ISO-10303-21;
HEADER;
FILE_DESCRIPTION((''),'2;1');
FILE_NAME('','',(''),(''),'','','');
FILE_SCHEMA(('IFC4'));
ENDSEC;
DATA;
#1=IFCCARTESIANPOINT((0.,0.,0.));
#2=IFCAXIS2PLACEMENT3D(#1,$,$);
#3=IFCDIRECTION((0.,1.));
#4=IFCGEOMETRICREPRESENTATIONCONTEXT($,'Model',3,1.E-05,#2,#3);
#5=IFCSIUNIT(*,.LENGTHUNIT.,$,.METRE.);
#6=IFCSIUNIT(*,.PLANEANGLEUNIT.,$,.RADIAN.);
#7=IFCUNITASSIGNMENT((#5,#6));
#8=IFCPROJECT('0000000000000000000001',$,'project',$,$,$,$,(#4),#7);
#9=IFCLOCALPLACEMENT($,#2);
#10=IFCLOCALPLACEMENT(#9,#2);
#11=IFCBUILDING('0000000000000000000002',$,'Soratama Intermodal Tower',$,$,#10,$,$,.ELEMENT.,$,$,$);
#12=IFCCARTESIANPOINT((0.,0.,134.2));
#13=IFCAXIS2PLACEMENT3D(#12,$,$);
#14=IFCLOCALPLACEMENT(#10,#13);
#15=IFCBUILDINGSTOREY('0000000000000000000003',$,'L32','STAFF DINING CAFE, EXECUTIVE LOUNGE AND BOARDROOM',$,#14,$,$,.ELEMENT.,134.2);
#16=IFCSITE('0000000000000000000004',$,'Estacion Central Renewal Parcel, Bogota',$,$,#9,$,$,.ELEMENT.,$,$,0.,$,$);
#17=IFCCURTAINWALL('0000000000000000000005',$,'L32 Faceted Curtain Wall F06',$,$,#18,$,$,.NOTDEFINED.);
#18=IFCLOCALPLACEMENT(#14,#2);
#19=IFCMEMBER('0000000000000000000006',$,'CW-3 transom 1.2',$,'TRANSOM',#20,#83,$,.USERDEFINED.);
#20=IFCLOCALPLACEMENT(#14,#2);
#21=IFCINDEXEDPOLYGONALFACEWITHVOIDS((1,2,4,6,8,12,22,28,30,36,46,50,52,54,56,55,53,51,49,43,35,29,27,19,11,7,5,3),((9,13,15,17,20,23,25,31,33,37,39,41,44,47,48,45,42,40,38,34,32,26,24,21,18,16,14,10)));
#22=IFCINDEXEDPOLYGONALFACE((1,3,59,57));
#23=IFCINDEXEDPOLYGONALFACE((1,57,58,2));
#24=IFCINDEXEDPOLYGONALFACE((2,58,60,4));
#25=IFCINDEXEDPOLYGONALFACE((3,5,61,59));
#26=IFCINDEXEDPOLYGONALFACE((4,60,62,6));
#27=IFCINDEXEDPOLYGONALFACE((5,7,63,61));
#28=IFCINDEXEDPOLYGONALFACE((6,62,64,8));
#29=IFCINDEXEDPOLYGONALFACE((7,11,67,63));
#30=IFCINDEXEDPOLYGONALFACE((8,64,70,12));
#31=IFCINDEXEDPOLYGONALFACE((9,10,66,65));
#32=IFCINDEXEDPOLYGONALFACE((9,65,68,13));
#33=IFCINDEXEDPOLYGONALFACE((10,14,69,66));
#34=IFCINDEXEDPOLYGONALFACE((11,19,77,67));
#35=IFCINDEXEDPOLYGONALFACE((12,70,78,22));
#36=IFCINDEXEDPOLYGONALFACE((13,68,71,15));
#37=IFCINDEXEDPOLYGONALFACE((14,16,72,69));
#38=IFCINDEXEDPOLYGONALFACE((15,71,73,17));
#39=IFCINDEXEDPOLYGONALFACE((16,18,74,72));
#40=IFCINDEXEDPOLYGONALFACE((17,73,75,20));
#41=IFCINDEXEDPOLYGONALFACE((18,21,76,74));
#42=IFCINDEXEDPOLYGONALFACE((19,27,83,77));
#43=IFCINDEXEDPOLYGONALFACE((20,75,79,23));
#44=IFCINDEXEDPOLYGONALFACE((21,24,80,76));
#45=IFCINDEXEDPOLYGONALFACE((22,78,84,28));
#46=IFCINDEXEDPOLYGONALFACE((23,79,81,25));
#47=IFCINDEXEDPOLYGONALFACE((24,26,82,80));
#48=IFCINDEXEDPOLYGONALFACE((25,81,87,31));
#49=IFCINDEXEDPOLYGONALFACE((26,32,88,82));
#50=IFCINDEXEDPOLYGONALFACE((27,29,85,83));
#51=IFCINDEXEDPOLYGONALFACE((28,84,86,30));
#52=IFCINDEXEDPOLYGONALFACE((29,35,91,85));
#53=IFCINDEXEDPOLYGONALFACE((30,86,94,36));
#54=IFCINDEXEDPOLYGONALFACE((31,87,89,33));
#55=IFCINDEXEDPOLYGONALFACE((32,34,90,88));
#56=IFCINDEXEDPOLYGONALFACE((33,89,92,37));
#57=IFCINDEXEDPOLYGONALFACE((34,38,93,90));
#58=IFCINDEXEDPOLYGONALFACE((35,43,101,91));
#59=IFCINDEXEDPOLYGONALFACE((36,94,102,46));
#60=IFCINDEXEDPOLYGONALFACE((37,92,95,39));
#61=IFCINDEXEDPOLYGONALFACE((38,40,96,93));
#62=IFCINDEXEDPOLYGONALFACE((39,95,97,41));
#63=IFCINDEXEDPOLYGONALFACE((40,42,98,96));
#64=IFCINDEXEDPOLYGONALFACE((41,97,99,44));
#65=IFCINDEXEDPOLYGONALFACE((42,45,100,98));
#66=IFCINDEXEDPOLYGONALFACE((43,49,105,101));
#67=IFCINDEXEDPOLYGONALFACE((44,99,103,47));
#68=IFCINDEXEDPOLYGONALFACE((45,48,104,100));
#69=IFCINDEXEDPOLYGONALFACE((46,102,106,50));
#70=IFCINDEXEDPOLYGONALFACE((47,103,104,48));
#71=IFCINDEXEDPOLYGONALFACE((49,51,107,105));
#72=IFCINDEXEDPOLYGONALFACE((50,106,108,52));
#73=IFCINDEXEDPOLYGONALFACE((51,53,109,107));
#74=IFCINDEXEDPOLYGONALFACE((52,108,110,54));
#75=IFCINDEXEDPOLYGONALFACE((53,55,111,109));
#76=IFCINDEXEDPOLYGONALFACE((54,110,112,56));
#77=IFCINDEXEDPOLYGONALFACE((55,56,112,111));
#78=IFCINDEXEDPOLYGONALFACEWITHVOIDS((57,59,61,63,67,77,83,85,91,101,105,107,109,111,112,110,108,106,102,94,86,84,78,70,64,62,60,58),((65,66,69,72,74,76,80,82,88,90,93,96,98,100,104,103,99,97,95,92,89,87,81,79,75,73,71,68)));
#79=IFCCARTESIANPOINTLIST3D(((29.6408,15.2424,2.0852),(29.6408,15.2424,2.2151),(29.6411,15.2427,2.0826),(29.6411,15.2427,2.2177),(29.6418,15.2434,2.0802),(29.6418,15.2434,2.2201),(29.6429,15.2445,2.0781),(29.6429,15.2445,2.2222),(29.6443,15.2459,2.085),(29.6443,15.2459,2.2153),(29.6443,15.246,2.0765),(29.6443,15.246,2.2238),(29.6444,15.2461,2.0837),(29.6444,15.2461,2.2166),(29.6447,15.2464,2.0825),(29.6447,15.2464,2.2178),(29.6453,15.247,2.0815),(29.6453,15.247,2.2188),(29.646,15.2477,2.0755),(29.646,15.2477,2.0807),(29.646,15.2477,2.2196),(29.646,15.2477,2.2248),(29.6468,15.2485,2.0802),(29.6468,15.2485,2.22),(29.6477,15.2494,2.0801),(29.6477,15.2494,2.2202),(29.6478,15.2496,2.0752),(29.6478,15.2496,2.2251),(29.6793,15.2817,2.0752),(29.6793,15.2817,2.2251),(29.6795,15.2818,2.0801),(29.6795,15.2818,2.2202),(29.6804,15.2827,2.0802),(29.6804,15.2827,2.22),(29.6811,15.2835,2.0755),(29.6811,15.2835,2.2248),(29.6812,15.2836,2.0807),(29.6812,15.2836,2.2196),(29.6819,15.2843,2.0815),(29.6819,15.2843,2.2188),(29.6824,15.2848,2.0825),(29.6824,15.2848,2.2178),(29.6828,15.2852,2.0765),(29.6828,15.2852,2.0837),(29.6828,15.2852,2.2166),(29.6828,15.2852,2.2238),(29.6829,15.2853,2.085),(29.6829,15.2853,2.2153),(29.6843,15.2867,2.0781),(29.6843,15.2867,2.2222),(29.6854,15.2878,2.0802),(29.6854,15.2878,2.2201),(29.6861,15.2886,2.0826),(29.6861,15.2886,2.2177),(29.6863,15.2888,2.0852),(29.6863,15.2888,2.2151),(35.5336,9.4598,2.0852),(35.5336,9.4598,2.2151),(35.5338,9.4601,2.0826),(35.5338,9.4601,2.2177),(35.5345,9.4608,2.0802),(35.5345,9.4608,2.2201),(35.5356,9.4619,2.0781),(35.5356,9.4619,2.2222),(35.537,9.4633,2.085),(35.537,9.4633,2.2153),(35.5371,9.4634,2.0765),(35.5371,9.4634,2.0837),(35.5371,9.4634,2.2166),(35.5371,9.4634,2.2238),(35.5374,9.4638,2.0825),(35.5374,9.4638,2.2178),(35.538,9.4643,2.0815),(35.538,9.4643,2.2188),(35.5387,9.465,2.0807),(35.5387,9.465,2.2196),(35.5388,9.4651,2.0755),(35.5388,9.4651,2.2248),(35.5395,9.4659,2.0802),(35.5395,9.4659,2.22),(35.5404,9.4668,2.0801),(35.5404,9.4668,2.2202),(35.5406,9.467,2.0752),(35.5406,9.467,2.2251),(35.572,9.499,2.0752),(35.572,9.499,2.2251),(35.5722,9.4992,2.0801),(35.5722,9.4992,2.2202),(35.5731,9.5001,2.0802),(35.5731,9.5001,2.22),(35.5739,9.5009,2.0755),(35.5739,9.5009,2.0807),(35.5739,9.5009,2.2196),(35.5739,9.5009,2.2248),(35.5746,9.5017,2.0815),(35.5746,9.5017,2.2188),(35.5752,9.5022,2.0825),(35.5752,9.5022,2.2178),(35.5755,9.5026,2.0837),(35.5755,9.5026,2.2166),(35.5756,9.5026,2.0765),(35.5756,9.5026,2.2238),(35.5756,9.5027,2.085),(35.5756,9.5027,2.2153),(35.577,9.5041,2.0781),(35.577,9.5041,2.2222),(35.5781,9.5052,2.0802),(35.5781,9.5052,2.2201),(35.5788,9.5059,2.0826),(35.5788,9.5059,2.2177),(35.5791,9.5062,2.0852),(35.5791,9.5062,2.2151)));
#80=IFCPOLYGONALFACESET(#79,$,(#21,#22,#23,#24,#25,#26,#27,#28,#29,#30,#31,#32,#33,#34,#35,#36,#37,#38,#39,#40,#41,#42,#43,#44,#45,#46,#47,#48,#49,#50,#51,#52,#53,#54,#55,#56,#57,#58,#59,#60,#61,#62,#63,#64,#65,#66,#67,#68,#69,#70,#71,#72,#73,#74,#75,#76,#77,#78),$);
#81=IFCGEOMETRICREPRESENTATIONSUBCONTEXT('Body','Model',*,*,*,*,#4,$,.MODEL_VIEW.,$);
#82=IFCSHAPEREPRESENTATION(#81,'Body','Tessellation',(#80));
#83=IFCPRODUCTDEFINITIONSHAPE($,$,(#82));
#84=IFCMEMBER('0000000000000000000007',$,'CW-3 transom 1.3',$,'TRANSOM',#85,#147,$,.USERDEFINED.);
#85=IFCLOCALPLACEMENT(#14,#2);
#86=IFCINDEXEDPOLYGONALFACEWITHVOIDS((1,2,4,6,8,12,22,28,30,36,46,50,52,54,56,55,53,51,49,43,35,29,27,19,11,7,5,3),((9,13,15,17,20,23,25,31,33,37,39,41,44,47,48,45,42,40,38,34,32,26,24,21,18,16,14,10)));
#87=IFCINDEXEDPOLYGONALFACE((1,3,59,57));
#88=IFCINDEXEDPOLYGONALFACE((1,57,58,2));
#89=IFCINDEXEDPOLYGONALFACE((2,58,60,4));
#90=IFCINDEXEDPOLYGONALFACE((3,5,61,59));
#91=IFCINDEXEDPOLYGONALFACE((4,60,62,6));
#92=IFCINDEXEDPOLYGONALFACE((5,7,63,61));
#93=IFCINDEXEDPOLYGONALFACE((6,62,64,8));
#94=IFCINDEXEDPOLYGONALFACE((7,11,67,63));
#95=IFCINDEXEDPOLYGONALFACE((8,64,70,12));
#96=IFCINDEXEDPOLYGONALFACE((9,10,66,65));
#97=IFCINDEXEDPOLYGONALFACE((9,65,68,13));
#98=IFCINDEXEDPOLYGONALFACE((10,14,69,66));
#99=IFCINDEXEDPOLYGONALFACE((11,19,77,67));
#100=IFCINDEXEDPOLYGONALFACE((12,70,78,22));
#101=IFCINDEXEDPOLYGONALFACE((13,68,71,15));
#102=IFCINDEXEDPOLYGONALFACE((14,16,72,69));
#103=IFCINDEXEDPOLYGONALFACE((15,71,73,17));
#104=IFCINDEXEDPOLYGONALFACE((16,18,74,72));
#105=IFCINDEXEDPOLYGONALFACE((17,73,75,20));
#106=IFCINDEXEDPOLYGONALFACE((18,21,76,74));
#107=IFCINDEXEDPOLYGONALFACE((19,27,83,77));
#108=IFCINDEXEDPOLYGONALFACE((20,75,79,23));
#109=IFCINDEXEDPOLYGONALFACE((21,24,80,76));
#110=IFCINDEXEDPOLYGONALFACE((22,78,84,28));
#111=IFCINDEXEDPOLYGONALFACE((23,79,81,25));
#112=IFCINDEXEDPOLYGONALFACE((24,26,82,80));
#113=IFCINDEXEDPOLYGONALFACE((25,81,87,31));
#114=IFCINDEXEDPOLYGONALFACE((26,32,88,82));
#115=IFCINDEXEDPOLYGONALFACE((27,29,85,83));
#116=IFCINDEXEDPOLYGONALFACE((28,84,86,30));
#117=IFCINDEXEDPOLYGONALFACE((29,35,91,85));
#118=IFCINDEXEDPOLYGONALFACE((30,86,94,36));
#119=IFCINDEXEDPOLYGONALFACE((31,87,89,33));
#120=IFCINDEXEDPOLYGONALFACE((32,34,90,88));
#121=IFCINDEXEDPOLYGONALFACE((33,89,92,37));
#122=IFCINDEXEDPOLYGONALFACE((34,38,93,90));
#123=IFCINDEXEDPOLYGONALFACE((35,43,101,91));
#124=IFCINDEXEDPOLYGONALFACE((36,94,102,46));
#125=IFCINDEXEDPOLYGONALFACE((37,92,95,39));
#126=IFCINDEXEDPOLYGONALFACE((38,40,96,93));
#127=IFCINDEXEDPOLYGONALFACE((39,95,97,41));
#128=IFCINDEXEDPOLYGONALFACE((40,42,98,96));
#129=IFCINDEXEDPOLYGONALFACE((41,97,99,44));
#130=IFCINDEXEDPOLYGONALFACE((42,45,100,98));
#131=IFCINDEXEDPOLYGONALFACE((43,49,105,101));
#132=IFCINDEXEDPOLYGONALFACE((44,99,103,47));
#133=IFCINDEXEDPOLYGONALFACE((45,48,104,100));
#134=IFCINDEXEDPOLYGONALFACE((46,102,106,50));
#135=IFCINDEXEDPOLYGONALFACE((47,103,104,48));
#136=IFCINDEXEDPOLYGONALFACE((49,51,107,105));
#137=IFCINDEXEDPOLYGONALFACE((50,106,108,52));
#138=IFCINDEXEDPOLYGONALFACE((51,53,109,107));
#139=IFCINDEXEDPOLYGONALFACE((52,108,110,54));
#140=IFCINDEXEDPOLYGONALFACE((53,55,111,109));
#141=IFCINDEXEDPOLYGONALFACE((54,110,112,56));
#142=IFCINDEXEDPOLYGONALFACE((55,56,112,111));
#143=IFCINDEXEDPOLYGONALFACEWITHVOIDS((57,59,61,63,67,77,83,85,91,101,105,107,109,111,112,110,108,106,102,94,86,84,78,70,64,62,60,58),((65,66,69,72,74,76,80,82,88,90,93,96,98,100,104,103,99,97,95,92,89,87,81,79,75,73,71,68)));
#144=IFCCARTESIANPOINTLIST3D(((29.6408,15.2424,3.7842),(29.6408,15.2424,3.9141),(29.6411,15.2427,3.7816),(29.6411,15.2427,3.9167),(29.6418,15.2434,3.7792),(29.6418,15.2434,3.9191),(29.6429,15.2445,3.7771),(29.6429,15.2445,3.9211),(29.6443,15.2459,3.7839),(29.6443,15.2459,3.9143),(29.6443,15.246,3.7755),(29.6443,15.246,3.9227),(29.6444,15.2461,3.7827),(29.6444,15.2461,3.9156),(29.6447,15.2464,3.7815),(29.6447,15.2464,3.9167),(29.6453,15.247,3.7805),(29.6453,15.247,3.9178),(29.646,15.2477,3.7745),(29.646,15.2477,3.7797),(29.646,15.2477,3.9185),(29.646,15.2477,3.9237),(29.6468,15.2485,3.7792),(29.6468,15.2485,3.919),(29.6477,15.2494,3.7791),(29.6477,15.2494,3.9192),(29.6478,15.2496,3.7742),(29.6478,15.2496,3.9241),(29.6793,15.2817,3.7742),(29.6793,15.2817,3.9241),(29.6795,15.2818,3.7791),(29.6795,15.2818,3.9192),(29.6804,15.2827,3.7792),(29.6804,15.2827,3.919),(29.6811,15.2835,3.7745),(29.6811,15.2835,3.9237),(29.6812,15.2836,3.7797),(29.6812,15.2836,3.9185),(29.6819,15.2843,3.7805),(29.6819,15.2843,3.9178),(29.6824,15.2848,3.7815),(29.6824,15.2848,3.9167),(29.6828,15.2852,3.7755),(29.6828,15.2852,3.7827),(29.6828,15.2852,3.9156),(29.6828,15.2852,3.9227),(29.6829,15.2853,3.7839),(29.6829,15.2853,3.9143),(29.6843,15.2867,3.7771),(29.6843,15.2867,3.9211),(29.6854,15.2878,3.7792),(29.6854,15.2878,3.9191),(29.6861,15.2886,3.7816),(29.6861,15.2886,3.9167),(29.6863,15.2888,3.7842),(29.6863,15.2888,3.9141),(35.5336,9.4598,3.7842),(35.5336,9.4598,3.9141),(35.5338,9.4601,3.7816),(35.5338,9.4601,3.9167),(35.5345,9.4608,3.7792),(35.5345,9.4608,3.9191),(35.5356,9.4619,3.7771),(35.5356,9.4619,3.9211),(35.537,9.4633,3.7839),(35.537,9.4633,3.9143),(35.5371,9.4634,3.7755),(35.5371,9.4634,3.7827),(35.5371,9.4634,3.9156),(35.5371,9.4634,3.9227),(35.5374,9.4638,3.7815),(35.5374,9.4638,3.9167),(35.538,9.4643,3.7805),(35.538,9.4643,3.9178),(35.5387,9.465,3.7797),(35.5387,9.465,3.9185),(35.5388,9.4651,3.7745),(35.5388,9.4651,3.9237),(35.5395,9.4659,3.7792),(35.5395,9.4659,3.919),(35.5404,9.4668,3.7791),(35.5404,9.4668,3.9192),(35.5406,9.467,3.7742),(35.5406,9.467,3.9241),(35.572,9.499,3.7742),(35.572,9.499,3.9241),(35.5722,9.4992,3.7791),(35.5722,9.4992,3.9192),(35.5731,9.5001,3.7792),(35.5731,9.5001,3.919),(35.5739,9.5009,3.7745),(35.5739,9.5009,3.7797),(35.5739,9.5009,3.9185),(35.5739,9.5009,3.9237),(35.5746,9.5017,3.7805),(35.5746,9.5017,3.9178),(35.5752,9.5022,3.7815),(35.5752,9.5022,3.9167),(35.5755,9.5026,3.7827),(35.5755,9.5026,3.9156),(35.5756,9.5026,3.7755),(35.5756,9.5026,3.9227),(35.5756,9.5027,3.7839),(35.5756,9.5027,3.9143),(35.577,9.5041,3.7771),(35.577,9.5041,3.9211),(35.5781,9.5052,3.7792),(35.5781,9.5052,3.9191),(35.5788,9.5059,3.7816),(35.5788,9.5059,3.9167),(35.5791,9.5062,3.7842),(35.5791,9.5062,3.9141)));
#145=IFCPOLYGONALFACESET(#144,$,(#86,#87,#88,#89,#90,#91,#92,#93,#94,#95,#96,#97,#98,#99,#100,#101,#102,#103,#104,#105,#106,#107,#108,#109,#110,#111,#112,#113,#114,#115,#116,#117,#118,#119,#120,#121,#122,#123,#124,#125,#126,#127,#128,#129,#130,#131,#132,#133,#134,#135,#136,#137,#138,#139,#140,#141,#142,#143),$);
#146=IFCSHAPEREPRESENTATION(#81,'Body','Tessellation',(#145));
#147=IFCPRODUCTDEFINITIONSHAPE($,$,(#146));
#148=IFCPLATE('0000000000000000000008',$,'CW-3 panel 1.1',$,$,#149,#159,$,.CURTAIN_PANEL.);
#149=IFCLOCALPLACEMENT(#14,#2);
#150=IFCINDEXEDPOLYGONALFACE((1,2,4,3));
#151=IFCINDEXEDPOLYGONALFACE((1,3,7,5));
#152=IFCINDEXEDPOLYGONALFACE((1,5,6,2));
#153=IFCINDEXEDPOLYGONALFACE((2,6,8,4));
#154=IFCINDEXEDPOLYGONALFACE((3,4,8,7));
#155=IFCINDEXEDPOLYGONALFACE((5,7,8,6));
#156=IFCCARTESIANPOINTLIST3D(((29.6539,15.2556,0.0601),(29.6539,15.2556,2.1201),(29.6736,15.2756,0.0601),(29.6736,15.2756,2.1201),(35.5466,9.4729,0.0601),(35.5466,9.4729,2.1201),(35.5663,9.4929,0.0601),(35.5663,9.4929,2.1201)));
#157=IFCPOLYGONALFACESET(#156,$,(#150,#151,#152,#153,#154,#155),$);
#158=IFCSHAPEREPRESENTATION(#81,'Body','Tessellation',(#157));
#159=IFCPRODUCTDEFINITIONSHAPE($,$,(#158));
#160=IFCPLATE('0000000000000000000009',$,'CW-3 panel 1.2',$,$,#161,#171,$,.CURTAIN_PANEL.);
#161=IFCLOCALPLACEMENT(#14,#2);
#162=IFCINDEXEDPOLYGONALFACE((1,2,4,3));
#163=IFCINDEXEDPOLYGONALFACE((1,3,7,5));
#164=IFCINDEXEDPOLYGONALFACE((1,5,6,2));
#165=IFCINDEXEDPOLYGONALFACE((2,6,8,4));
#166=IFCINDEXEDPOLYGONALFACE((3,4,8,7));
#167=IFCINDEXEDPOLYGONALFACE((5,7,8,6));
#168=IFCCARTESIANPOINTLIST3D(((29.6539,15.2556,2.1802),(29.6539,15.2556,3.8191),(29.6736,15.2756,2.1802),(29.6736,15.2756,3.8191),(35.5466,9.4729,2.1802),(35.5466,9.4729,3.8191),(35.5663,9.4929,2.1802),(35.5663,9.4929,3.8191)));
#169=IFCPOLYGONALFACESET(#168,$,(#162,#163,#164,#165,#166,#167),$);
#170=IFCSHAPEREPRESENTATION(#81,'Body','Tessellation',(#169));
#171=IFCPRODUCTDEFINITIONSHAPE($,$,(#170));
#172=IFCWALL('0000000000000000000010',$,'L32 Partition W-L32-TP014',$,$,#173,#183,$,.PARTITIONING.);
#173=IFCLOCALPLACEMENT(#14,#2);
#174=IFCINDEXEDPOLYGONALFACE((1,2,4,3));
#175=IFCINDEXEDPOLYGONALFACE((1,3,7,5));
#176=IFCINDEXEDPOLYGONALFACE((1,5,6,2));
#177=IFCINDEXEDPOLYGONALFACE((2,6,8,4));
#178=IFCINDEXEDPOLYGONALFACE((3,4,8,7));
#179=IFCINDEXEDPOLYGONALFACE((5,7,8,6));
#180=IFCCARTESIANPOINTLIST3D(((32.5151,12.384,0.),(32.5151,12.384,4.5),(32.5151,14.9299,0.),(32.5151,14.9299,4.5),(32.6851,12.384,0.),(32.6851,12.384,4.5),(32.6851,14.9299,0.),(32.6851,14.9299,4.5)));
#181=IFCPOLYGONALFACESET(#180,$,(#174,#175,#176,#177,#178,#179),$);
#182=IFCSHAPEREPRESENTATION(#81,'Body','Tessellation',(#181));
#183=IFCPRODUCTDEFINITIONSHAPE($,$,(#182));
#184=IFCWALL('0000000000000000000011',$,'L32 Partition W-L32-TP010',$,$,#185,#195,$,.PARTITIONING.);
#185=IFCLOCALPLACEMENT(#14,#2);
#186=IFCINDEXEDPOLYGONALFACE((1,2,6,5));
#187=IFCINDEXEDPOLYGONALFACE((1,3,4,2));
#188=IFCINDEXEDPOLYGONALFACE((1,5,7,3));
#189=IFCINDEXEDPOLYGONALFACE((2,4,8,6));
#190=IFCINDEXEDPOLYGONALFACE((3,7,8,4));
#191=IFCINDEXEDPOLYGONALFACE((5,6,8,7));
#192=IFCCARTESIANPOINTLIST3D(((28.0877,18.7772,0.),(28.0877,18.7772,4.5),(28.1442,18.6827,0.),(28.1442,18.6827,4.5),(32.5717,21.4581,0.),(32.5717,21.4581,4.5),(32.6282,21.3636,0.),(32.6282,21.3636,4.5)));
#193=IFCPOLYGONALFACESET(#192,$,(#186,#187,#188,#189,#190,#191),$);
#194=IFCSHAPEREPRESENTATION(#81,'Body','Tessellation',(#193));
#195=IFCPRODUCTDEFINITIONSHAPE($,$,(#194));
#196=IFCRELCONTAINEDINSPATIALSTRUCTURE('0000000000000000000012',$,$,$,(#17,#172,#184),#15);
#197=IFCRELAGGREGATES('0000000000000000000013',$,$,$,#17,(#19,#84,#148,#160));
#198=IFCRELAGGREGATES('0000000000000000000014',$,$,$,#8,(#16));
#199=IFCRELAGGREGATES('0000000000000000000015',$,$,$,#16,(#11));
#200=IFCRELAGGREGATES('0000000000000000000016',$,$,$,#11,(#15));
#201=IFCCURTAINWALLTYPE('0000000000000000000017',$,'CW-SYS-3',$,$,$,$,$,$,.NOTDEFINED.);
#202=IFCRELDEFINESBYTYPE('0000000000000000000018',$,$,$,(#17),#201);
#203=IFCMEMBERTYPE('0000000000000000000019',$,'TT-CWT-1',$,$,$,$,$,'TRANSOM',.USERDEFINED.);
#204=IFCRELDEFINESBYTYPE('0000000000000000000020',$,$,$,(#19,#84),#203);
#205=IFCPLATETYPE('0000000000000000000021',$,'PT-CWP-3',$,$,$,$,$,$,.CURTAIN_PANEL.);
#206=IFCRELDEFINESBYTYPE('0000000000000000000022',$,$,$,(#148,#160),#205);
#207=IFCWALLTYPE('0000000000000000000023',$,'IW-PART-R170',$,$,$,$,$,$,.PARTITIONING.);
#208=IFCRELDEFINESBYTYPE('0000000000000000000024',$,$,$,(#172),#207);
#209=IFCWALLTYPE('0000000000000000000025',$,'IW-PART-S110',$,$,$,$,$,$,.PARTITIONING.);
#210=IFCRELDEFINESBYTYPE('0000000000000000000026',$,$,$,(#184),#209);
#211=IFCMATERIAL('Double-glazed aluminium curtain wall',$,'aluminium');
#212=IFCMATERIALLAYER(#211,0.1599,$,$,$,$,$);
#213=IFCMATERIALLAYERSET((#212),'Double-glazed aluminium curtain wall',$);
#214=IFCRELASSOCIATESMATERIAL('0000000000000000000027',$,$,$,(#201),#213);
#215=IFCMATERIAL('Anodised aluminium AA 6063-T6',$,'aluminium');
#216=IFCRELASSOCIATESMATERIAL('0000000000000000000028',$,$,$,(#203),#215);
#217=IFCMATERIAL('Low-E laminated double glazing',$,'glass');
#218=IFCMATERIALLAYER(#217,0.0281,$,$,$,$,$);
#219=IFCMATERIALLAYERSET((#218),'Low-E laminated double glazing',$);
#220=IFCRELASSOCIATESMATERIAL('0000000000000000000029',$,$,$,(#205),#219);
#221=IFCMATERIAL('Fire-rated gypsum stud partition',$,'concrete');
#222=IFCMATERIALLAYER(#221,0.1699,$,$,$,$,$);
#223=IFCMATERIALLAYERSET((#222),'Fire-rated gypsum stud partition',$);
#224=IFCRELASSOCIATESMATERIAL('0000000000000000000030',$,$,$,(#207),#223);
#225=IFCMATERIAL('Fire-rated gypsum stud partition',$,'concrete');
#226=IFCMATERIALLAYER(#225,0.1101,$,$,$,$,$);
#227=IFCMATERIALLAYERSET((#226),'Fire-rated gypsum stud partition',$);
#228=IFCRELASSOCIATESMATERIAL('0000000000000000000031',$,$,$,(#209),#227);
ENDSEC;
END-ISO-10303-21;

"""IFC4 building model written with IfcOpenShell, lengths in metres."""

from ifc_helpers import new_model, si_unit, direction, frame, frame_2d, origin, origin_2d, place, context, subcontext, project, spatial, rectangle, hollow_rectangle, extrude, material, layer, layer_set, material_profile, profile_set, type_object, element, aggregate, save


model = new_model("IFC4")

# Units and contexts
model_context = context("Model", 3, precision=1e-05, world=origin(), true_north=direction((0.0, 1.0)))
body_context = subcontext(model_context, "Body", "Model", "MODEL_VIEW")
ifc_project = project(units=[si_unit("LENGTHUNIT", "METRE"), si_unit("PLANEANGLEUNIT", "RADIAN")], contexts=[model_context])

# Site, building, storey
site_placement = place(None, origin())
site = spatial("IfcSite", under=ifc_project, at=site_placement, Name="Estacion Central Renewal Parcel, Bogota", CompositionType="ELEMENT", RefElevation=0.0)
building_placement = place(site_placement, origin())
building = spatial("IfcBuilding", under=site, at=building_placement, Name="Soratama Intermodal Tower", CompositionType="ELEMENT")
storey_placement = place(building_placement, frame((0.0, 0.0, 134.2)))
storey = spatial("IfcBuildingStorey", under=building, at=storey_placement, Name="L32", Description="STAFF DINING CAFE, EXECUTIVE LOUNGE AND BOARDROOM", CompositionType="ELEMENT", Elevation=134.2)

# Curtain wall, members, plates
ifc_material_1 = material(Name="Double-glazed aluminium curtain wall", Category="aluminium")
ifc_layer_1 = layer(ifc_material_1, 0.1599)
ifc_layer_set_1 = layer_set([ifc_layer_1], Name="Double-glazed aluminium curtain wall")
curtain_wall_type = type_object("IfcCurtainWallType", Name="CW-SYS-3", PredefinedType="NOTDEFINED", material=ifc_layer_set_1)
curtain_wall_placement = place(storey_placement, origin())
curtain_wall = element("IfcCurtainWall", 1, at=curtain_wall_placement, inside=storey, type_object=curtain_wall_type, Name="L32 Faceted Curtain Wall F06", PredefinedType="NOTDEFINED")
ifc_material_2 = material(Name="Anodised aluminium AA 6063-T6", Category="aluminium")
ifc_material_profile_1 = material_profile(ifc_material_2, hollow_rectangle(XDim=0.0649, YDim=0.1499, WallThickness=0.0049, InnerFilletRadius=0.0049, OuterFilletRadius=0.01, at=origin_2d()), Name="CWT150X65X5")
ifc_profile_set_1 = profile_set([ifc_material_profile_1], Name="Anodised aluminium AA 6063-T6")
member_type = type_object("IfcMemberType", Name="TT-CWT-1", ElementType="TRANSOM", PredefinedType="USERDEFINED", material=ifc_profile_set_1)
member_1_placement = place(storey_placement, frame((29.6636, 15.2656, 2.1501), z_axis=(0.713743, -0.700407, 0.0), x_axis=(0.700407, 0.713743, 0.0)))
member_1 = element("IfcMember", 2, at=member_1_placement, type_object=member_type, Name="CW-3 transom 1.2", ObjectType="TRANSOM", PredefinedType="USERDEFINED", context=body_context, shape_type="SweptSolid", body=[
    extrude(hollow_rectangle(XDim=0.0649, YDim=0.1499, WallThickness=0.0049, InnerFilletRadius=0.0049, OuterFilletRadius=0.01, at=origin_2d()), origin(), (0.0, 0.0, 1.0), 8.2561),
])
member_2_placement = place(storey_placement, frame((29.6636, 15.2656, 3.8491), z_axis=(0.713743, -0.700407, 0.0), x_axis=(0.700407, 0.713743, 0.0)))
member_2 = element("IfcMember", 3, at=member_2_placement, type_object=member_type, Name="CW-3 transom 1.3", ObjectType="TRANSOM", PredefinedType="USERDEFINED", context=body_context, shape_type="SweptSolid", body=[
    extrude(hollow_rectangle(XDim=0.0649, YDim=0.1499, WallThickness=0.0049, InnerFilletRadius=0.0049, OuterFilletRadius=0.01, at=origin_2d()), origin(), (0.0, 0.0, 1.0), 8.2561),
])
ifc_material_3 = material(Name="Low-E laminated double glazing", Category="glass")
ifc_layer_2 = layer(ifc_material_3, 0.0281)
ifc_layer_set_2 = layer_set([ifc_layer_2], Name="Low-E laminated double glazing")
plate_type = type_object("IfcPlateType", Name="PT-CWP-3", PredefinedType="CURTAIN_PANEL", material=ifc_layer_set_2)
plate_1_placement = place(storey_placement, frame((32.6101, 12.3743, 0.0601), z_axis=(0.0, 0.0, 1.0), x_axis=(0.713737, -0.700414, 0.0)))
plate_1 = element("IfcPlate", 4, at=plate_1_placement, type_object=plate_type, Name="CW-3 panel 1.1", PredefinedType="CURTAIN_PANEL", context=body_context, shape_type="SweptSolid", body=[
    extrude(rectangle(XDim=8.2561, YDim=0.0281, at=origin_2d()), origin(), (0.0, 0.0, 1.0), 2.0601),
])
plate_2_placement = place(storey_placement, frame((32.6101, 12.3743, 2.1802), z_axis=(0.0, 0.0, 1.0), x_axis=(0.713737, -0.700414, 0.0)))
plate_2 = element("IfcPlate", 5, at=plate_2_placement, type_object=plate_type, Name="CW-3 panel 1.2", PredefinedType="CURTAIN_PANEL", context=body_context, shape_type="SweptSolid", body=[
    extrude(rectangle(XDim=8.2561, YDim=0.0281, at=origin_2d()), origin(), (0.0, 0.0, 1.0), 1.6389),
])
aggregate(curtain_wall, [member_1, member_2, plate_1, plate_2])

# Walls
ifc_material_4 = material(Name="Fire-rated gypsum stud partition", Category="concrete")
ifc_layer_3 = layer(ifc_material_4, 0.1699)
ifc_layer_set_3 = layer_set([ifc_layer_3], Name="Fire-rated gypsum stud partition")
wall_type_1 = type_object("IfcWallType", Name="IW-PART-R170", PredefinedType="PARTITIONING", material=ifc_layer_set_3)
wall_1_placement = place(storey_placement, frame((32.6001, 12.384, 0.0), z_axis=(0.0, 0.0, 1.0), x_axis=(0.0, 1.0, 0.0)))
element("IfcWall", 6, at=wall_1_placement, inside=storey, type_object=wall_type_1, Name="L32 Partition W-L32-TP014", PredefinedType="PARTITIONING", context=body_context, shape_type="SweptSolid", body=[
    extrude(rectangle(XDim=2.5459, YDim=0.1699, at=frame_2d((1.2729, 0.0))), origin(), (0.0, 0.0, 1.0), 4.5),
])
ifc_material_5 = material(Name="Fire-rated gypsum stud partition", Category="concrete")
ifc_layer_4 = layer(ifc_material_5, 0.1101)
ifc_layer_set_4 = layer_set([ifc_layer_4], Name="Fire-rated gypsum stud partition")
wall_type_2 = type_object("IfcWallType", Name="IW-PART-S110", PredefinedType="PARTITIONING", material=ifc_layer_set_4)
wall_2_placement = place(storey_placement, frame((32.6001, 21.4109, 0.0), z_axis=(0.0, 0.0, 1.0), x_axis=(-0.8583, -0.513148, 0.0)))
element("IfcWall", 7, at=wall_2_placement, inside=storey, type_object=wall_type_2, Name="L32 Partition W-L32-TP010", PredefinedType="PARTITIONING", context=body_context, shape_type="SweptSolid", body=[
    extrude(rectangle(XDim=5.2244, YDim=0.1101, at=frame_2d((2.6123, 0.0))), origin(), (0.0, 0.0, 1.0), 4.5),
])

save(model, "model.ifc")
